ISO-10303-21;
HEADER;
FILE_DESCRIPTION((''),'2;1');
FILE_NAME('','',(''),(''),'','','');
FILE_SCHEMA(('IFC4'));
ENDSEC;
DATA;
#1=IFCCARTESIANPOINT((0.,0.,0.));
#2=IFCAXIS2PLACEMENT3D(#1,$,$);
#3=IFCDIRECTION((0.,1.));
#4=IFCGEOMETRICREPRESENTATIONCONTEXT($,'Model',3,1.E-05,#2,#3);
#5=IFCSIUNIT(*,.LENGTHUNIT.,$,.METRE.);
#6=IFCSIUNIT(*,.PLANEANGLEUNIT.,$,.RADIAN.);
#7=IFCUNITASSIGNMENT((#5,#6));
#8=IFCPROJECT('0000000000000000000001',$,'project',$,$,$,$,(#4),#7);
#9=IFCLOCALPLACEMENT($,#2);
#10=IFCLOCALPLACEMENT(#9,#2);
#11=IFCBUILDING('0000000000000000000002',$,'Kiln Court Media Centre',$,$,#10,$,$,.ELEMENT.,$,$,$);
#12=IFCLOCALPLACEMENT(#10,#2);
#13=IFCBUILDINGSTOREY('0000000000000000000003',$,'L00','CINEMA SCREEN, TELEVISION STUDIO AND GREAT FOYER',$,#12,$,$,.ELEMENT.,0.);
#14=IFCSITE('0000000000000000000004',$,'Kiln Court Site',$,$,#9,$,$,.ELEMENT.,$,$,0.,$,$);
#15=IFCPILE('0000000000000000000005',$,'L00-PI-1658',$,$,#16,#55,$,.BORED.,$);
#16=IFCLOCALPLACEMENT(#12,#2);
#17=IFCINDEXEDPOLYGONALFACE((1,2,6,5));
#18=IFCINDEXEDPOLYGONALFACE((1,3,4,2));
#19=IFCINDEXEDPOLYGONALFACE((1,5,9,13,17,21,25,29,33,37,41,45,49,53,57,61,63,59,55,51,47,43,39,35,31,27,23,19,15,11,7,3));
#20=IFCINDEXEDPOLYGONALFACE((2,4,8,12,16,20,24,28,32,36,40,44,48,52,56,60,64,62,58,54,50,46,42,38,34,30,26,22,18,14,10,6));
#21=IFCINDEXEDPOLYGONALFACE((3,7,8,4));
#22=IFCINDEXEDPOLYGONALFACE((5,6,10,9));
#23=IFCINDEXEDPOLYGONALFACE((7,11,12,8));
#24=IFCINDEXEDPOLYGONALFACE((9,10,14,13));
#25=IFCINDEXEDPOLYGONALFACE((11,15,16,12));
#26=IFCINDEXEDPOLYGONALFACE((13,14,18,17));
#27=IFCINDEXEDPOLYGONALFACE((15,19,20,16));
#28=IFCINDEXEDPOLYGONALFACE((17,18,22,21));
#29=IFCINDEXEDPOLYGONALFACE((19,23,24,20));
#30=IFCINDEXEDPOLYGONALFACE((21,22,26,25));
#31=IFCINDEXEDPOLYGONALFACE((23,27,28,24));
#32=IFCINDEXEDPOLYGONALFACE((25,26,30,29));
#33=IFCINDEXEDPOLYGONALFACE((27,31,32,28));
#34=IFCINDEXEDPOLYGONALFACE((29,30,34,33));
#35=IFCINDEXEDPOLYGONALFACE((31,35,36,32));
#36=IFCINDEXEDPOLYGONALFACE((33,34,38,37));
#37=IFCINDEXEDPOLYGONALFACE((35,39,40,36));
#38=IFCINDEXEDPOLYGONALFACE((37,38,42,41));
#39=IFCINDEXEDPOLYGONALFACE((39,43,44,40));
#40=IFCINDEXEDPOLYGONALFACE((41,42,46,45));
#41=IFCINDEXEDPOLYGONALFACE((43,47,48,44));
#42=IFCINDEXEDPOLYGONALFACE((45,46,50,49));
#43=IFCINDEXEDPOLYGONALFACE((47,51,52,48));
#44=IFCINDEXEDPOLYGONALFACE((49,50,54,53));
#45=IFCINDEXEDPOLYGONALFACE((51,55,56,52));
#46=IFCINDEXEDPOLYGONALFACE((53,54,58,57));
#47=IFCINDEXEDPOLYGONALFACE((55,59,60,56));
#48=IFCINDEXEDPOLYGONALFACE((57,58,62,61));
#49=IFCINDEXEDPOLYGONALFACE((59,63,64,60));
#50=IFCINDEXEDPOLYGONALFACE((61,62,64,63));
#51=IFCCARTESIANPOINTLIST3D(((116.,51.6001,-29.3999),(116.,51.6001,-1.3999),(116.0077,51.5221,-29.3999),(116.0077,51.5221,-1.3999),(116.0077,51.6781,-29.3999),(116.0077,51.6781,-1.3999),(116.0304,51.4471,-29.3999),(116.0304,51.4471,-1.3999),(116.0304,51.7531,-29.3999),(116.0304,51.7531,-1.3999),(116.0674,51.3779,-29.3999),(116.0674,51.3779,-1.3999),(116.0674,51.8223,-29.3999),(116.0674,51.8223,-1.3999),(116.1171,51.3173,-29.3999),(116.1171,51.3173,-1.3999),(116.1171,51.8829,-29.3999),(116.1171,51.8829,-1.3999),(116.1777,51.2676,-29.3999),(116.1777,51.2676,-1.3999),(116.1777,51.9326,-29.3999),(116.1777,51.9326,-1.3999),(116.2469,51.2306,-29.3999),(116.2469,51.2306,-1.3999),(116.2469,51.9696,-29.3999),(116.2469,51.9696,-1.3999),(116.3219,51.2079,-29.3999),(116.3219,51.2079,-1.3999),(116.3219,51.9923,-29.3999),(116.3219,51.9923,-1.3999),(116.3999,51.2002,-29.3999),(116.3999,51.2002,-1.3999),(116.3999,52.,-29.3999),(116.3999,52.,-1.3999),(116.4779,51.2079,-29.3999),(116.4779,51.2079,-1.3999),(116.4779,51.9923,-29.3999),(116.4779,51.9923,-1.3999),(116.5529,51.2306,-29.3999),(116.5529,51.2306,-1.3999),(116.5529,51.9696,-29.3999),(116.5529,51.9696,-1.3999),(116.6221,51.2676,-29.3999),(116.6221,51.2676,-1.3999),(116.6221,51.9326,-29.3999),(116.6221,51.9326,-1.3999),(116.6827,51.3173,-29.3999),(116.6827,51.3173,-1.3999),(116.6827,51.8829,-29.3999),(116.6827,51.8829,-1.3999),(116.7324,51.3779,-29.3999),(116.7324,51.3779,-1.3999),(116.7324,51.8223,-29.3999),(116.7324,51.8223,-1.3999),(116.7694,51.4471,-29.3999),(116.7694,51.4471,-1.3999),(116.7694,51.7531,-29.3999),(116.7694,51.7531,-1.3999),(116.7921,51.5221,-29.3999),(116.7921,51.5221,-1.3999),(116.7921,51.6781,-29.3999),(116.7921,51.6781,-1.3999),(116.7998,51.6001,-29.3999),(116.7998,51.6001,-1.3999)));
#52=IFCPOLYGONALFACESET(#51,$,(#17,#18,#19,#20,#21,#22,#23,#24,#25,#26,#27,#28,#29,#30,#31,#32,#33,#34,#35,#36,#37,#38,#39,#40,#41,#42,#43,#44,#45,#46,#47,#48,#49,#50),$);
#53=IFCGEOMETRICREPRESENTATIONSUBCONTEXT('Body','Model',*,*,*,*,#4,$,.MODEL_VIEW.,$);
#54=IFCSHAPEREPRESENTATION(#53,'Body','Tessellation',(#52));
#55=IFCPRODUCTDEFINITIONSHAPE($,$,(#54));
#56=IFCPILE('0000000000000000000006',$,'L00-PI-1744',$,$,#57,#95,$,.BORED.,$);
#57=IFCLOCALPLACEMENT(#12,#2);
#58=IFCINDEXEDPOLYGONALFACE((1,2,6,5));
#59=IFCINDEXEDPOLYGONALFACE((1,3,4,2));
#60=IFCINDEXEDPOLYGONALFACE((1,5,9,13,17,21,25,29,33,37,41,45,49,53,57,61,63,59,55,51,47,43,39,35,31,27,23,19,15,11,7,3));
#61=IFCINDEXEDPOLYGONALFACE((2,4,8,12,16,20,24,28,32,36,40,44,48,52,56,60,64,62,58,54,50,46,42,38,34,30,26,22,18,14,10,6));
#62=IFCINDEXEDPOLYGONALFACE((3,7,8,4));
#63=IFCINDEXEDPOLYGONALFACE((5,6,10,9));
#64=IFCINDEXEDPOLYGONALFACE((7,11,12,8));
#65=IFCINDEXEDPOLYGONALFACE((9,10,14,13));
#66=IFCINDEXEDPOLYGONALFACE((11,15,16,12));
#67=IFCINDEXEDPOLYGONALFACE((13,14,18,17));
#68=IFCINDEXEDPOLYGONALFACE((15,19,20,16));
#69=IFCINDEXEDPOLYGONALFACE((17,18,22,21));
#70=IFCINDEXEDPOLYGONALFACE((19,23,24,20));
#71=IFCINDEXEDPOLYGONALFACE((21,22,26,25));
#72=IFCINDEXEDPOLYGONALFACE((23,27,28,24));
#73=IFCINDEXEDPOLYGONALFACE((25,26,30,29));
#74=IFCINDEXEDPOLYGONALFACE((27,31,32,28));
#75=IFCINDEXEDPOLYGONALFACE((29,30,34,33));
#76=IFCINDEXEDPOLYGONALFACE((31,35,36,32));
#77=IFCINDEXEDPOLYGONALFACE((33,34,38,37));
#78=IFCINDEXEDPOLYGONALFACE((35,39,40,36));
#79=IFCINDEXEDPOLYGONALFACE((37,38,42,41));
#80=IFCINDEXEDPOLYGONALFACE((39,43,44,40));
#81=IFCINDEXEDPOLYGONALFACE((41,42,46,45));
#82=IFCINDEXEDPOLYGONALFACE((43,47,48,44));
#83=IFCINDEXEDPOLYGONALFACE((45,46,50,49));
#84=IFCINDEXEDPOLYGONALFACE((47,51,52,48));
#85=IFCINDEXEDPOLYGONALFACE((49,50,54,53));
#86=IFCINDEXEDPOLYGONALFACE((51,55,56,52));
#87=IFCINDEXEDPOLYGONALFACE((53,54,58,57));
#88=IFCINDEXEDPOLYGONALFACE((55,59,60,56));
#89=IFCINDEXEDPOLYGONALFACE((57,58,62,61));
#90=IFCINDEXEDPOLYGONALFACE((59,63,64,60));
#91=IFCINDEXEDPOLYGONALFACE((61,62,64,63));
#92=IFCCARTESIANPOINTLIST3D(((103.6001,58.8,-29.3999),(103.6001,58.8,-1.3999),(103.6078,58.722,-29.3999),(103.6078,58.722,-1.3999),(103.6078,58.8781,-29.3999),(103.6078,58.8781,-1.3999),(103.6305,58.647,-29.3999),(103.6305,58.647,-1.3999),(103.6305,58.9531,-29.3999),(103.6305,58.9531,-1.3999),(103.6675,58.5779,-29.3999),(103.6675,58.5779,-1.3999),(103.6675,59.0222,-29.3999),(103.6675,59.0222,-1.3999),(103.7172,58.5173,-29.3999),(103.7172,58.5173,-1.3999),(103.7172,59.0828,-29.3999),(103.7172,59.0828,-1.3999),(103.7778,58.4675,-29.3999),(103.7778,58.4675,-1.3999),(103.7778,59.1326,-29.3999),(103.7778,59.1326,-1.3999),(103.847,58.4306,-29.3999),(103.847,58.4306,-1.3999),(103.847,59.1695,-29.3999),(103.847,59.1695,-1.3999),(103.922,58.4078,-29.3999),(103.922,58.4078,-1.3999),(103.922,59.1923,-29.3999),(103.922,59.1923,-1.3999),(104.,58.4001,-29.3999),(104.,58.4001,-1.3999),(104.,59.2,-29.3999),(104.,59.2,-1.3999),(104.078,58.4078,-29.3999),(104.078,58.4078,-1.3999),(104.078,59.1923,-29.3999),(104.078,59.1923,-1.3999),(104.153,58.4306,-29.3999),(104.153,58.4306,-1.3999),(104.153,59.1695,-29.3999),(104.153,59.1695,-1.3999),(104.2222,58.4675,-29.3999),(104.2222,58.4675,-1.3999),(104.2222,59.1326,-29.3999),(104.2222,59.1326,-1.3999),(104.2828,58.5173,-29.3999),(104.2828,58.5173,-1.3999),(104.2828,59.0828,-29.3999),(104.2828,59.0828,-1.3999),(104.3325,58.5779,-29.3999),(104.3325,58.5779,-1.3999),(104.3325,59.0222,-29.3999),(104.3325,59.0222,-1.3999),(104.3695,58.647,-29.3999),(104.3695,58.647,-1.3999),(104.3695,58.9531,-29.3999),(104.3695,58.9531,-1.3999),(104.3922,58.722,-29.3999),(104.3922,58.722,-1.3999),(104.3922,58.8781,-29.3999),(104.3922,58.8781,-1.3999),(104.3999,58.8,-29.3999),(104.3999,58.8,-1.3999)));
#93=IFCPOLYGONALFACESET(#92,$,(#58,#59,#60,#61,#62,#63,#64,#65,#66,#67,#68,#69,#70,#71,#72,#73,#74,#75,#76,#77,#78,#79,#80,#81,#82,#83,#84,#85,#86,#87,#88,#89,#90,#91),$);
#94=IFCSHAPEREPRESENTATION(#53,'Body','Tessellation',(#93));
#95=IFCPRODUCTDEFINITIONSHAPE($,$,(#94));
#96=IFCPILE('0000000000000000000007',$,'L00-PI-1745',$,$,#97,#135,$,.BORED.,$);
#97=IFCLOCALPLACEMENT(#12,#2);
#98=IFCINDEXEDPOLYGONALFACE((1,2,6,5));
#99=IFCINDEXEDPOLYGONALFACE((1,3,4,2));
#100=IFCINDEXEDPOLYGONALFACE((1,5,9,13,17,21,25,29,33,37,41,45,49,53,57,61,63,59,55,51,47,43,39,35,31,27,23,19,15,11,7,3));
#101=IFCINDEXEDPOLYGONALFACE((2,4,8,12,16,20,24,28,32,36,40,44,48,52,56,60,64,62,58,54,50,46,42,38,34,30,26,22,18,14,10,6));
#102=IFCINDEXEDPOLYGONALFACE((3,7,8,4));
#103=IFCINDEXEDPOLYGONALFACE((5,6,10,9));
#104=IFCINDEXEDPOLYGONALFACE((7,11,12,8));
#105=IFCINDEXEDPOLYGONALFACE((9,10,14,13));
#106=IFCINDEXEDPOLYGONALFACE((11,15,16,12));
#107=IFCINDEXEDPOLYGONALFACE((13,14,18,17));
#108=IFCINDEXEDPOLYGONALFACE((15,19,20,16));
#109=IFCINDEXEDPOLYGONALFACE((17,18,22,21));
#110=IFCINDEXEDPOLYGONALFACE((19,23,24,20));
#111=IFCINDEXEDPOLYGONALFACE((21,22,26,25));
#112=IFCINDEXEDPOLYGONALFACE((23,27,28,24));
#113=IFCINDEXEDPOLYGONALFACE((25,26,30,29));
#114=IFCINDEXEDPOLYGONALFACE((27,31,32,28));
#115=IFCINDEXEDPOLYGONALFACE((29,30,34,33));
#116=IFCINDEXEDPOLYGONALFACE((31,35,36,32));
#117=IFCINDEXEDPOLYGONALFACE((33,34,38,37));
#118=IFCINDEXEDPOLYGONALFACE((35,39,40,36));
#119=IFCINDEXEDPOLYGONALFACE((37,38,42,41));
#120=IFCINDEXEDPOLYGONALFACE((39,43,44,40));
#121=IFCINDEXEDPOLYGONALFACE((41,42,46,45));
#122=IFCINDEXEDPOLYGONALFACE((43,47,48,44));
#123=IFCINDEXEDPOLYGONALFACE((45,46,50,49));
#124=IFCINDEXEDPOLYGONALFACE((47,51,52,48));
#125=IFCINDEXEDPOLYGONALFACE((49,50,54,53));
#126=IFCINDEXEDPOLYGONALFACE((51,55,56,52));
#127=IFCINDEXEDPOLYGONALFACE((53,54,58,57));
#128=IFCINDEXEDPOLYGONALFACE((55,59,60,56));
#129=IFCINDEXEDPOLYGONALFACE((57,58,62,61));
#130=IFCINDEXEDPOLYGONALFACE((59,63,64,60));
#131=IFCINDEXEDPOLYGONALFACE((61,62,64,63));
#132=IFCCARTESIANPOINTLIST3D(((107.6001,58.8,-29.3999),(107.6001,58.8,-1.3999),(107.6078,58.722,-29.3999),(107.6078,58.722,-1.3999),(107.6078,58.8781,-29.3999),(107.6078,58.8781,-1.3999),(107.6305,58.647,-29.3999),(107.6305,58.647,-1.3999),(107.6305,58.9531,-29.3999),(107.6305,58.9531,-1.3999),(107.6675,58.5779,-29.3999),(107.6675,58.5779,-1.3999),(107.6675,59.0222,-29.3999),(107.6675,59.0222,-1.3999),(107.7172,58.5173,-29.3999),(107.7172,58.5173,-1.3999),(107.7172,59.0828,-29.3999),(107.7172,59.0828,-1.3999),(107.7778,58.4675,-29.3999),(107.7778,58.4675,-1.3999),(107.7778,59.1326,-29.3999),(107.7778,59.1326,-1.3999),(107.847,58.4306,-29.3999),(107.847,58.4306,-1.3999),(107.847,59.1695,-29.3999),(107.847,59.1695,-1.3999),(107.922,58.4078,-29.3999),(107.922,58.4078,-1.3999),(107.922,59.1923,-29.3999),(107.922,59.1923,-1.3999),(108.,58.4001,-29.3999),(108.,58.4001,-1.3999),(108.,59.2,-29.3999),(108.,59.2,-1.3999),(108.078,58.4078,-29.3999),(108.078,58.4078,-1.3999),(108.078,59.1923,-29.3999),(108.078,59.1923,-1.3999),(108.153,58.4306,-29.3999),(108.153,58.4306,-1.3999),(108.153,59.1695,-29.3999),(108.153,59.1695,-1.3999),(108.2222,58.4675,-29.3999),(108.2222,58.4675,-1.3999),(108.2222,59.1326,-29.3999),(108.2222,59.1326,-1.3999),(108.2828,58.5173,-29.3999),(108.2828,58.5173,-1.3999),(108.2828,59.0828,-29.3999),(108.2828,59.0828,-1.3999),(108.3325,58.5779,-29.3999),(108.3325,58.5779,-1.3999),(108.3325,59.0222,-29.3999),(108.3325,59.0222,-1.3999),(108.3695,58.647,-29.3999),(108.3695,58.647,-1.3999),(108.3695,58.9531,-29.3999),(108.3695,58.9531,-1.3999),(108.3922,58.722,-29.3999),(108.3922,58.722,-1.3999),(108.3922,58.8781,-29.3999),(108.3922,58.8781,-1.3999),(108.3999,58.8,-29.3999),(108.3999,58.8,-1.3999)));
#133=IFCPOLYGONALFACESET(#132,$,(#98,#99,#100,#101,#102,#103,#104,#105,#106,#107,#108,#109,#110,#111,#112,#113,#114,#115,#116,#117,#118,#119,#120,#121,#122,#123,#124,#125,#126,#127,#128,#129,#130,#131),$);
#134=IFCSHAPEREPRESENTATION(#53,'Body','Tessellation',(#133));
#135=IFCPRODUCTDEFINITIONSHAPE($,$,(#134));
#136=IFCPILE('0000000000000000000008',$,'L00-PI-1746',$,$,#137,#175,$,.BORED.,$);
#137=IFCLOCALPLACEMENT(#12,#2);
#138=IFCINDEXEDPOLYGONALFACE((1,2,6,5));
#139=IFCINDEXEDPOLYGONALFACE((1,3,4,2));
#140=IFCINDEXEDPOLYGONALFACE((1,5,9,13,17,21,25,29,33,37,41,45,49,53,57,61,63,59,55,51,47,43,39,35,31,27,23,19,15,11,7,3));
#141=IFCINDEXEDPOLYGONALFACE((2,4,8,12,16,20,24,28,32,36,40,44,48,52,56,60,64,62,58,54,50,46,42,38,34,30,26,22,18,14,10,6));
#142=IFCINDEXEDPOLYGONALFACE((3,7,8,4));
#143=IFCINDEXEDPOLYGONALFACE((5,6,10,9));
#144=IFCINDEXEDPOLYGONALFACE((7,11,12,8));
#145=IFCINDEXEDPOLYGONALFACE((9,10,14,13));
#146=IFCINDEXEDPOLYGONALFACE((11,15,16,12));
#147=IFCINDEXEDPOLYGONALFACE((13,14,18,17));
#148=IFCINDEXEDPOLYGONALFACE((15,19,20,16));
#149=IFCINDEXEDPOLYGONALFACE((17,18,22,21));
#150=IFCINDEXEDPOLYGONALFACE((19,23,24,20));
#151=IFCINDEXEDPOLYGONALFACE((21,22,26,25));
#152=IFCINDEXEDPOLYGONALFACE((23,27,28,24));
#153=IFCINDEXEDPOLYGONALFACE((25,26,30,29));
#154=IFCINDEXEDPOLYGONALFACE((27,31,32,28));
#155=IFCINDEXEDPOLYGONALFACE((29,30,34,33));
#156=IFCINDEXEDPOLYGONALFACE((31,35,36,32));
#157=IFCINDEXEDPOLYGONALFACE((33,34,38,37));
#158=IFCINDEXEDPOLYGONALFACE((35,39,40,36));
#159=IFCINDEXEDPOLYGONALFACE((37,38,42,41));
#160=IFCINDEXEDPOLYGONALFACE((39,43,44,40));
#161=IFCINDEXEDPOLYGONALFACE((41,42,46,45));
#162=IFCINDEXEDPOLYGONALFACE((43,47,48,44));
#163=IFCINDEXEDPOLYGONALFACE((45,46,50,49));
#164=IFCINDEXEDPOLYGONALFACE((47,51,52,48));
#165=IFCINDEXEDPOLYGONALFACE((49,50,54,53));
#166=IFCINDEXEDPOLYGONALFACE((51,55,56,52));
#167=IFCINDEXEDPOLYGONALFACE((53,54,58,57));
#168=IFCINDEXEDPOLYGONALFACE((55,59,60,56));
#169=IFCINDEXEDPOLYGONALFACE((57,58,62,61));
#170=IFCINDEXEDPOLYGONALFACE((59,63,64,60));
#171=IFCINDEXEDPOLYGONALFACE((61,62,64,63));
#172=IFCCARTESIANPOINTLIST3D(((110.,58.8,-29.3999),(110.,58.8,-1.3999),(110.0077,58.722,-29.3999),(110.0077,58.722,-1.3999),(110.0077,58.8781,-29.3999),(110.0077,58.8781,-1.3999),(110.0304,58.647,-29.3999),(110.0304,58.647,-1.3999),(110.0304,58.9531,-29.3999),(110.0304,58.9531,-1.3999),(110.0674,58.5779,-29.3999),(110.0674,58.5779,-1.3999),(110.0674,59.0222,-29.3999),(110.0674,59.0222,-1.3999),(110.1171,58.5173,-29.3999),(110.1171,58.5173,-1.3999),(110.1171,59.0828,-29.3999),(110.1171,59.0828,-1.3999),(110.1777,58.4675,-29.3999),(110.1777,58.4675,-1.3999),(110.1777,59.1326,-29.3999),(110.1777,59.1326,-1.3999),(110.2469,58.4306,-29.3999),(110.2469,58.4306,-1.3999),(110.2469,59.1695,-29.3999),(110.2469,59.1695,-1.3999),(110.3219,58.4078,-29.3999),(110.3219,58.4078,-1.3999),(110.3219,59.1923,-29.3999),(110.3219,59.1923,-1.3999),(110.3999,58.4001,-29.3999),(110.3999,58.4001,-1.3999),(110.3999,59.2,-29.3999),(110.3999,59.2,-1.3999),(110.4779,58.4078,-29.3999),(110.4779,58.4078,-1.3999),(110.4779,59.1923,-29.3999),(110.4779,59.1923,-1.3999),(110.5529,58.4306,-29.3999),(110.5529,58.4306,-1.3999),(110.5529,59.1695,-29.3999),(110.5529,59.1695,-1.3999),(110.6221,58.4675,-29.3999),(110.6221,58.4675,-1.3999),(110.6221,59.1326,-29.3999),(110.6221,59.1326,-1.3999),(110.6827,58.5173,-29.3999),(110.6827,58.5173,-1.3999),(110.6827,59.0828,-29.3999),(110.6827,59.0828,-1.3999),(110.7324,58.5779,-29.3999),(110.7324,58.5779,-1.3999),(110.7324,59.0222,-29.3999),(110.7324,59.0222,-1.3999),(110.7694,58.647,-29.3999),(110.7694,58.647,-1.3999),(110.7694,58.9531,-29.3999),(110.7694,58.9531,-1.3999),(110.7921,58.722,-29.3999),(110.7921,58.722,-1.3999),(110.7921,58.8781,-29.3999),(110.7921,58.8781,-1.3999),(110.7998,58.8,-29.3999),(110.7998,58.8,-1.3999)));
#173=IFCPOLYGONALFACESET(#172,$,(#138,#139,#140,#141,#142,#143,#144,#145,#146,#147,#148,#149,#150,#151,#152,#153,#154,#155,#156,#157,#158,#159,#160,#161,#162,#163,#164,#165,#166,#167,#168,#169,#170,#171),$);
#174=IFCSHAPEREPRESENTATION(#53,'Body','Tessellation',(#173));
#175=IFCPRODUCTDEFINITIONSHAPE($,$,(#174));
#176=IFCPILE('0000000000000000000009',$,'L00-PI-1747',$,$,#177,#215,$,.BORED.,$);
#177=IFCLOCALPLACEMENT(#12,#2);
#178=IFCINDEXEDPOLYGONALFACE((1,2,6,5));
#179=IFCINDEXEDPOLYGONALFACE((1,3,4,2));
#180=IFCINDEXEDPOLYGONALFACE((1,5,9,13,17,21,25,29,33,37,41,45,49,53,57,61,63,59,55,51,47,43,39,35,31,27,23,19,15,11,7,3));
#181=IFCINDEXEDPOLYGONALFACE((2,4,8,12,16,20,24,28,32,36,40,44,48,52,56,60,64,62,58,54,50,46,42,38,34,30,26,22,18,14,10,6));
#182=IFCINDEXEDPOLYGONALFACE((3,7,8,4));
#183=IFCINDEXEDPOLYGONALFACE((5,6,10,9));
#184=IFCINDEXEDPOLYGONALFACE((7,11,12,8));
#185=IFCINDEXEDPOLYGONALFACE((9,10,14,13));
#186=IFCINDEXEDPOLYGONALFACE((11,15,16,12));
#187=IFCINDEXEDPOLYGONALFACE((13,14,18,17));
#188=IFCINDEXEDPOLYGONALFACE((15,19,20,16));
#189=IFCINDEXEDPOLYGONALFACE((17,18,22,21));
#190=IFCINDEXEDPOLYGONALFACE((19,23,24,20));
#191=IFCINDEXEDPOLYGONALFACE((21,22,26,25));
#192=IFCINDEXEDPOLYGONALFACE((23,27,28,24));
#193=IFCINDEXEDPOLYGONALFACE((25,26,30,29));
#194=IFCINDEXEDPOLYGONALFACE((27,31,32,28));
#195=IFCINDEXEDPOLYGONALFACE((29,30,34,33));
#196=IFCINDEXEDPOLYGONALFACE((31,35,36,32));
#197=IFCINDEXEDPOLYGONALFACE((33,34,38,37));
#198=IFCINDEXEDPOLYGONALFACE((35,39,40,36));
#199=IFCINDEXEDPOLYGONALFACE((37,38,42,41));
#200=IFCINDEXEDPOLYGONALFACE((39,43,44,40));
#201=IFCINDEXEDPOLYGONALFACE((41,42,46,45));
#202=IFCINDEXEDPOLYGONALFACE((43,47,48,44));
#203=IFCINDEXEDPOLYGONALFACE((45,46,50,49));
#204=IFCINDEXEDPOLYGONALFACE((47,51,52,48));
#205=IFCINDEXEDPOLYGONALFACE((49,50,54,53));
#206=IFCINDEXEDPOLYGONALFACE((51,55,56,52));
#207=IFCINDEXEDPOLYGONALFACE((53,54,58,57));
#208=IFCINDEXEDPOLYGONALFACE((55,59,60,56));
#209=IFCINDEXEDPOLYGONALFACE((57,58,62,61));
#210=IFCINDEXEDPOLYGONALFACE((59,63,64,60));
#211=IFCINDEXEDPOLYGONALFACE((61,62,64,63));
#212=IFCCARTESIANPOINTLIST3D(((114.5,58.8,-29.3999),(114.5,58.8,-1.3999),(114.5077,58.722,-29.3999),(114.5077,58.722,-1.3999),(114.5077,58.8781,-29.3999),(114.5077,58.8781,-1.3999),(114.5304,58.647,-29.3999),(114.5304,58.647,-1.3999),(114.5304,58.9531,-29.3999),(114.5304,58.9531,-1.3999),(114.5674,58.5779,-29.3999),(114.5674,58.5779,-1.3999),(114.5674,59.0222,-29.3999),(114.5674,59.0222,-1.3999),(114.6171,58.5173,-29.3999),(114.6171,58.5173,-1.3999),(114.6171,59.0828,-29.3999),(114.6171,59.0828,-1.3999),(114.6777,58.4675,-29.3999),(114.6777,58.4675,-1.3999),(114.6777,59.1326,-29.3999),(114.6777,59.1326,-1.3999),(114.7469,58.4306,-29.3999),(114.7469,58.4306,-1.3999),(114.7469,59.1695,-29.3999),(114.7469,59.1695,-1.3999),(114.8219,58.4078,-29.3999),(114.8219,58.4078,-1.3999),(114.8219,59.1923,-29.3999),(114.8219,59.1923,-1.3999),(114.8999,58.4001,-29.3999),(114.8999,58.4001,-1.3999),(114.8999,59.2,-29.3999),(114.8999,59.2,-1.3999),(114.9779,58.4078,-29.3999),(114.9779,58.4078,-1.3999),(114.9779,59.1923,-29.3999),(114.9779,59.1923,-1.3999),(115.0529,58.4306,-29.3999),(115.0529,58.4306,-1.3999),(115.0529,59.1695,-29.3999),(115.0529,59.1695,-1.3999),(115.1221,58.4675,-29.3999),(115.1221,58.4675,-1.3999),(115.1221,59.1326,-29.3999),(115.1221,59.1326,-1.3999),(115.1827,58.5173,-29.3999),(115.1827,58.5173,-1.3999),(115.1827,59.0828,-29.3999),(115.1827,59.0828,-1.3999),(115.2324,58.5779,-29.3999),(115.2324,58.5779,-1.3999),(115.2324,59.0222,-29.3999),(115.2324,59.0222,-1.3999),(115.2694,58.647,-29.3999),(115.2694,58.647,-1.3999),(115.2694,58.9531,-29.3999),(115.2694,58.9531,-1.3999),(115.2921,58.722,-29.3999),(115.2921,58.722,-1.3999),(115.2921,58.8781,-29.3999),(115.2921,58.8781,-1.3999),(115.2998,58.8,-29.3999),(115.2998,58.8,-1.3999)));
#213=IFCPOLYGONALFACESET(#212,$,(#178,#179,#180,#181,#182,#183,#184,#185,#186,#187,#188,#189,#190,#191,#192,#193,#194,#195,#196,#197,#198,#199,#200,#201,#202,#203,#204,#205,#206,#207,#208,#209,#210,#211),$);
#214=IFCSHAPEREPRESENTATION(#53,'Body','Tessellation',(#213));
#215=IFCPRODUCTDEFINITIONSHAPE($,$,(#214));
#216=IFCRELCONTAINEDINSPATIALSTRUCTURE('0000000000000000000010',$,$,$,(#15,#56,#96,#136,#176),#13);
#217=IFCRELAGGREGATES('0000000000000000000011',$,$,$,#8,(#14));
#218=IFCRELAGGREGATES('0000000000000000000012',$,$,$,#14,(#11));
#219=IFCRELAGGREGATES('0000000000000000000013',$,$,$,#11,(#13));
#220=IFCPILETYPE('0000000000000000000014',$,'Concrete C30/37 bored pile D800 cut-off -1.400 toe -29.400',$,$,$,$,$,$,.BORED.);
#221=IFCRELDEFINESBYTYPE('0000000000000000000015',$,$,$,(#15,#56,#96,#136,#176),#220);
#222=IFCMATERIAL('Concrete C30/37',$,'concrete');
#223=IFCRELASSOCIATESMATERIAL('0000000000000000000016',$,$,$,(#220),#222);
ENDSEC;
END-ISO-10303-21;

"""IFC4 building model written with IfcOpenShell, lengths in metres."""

from ifc_helpers import new_model, si_unit, direction, frame, origin, origin_2d, place, context, subcontext, project, spatial, circle, extrude, material, material_profile, profile_set, type_object, element, save


model = new_model("IFC4")

# Units and contexts
model_context = context("Model", 3, precision=1e-05, world=origin(), true_north=direction((0.0, 1.0)))
body_context = subcontext(model_context, "Body", "Model", "MODEL_VIEW")
ifc_project = project(units=[si_unit("LENGTHUNIT", "METRE"), si_unit("PLANEANGLEUNIT", "RADIAN")], contexts=[model_context])

# Site, building, storey
site_placement = place(None, origin())
site = spatial("IfcSite", under=ifc_project, at=site_placement, Name="Kiln Court Site", CompositionType="ELEMENT", RefElevation=0.0)
building_placement = place(site_placement, origin())
building = spatial("IfcBuilding", under=site, at=building_placement, Name="Kiln Court Media Centre", CompositionType="ELEMENT")
storey_placement = place(building_placement, origin())
storey = spatial("IfcBuildingStorey", under=building, at=storey_placement, Name="L00", Description="CINEMA SCREEN, TELEVISION STUDIO AND GREAT FOYER", CompositionType="ELEMENT", Elevation=0.0)

# Piles
ifc_material_1 = material(Name="Concrete C30/37", Category="concrete")
ifc_material_profile_1 = material_profile(ifc_material_1, circle(Radius=0.3999, at=origin_2d()), Name="PILE D800")
ifc_profile_set_1 = profile_set([ifc_material_profile_1], Name="Concrete C30/37")
pile_type = type_object("IfcPileType", Name="Concrete C30/37 bored pile D800 cut-off -1.400 toe -29.400", PredefinedType="BORED", material=ifc_profile_set_1)
for number, where, z_axis, x_axis, name in (
    (1, (116.3999, 51.6001, -1.3999), (0.0, 0.0, -1.0), (1.0, 0.0, 0.0), "L00-PI-1658"),
    (2, (104.0, 58.8, -1.3999), (0.0, 0.0, -1.0), (1.0, 0.0, 0.0), "L00-PI-1744"),
    (3, (108.0, 58.8, -1.3999), (0.0, 0.0, -1.0), (1.0, 0.0, 0.0), "L00-PI-1745"),
    (4, (110.3999, 58.8, -1.3999), (0.0, 0.0, -1.0), (1.0, 0.0, 0.0), "L00-PI-1746"),
    (5, (114.8999, 58.8, -1.3999), (0.0, 0.0, -1.0), (1.0, 0.0, 0.0), "L00-PI-1747"),
):
    element("IfcPile", number, at=place(storey_placement, frame(where, z_axis=z_axis, x_axis=x_axis)), inside=storey, type_object=pile_type, Name=name, PredefinedType="BORED", context=body_context, shape_type="SweptSolid", body=[
        extrude(circle(Radius=0.3999, at=origin_2d()), origin(), (0.0, 0.0, 1.0), 28.0),
    ])

save(model, "model.ifc")
